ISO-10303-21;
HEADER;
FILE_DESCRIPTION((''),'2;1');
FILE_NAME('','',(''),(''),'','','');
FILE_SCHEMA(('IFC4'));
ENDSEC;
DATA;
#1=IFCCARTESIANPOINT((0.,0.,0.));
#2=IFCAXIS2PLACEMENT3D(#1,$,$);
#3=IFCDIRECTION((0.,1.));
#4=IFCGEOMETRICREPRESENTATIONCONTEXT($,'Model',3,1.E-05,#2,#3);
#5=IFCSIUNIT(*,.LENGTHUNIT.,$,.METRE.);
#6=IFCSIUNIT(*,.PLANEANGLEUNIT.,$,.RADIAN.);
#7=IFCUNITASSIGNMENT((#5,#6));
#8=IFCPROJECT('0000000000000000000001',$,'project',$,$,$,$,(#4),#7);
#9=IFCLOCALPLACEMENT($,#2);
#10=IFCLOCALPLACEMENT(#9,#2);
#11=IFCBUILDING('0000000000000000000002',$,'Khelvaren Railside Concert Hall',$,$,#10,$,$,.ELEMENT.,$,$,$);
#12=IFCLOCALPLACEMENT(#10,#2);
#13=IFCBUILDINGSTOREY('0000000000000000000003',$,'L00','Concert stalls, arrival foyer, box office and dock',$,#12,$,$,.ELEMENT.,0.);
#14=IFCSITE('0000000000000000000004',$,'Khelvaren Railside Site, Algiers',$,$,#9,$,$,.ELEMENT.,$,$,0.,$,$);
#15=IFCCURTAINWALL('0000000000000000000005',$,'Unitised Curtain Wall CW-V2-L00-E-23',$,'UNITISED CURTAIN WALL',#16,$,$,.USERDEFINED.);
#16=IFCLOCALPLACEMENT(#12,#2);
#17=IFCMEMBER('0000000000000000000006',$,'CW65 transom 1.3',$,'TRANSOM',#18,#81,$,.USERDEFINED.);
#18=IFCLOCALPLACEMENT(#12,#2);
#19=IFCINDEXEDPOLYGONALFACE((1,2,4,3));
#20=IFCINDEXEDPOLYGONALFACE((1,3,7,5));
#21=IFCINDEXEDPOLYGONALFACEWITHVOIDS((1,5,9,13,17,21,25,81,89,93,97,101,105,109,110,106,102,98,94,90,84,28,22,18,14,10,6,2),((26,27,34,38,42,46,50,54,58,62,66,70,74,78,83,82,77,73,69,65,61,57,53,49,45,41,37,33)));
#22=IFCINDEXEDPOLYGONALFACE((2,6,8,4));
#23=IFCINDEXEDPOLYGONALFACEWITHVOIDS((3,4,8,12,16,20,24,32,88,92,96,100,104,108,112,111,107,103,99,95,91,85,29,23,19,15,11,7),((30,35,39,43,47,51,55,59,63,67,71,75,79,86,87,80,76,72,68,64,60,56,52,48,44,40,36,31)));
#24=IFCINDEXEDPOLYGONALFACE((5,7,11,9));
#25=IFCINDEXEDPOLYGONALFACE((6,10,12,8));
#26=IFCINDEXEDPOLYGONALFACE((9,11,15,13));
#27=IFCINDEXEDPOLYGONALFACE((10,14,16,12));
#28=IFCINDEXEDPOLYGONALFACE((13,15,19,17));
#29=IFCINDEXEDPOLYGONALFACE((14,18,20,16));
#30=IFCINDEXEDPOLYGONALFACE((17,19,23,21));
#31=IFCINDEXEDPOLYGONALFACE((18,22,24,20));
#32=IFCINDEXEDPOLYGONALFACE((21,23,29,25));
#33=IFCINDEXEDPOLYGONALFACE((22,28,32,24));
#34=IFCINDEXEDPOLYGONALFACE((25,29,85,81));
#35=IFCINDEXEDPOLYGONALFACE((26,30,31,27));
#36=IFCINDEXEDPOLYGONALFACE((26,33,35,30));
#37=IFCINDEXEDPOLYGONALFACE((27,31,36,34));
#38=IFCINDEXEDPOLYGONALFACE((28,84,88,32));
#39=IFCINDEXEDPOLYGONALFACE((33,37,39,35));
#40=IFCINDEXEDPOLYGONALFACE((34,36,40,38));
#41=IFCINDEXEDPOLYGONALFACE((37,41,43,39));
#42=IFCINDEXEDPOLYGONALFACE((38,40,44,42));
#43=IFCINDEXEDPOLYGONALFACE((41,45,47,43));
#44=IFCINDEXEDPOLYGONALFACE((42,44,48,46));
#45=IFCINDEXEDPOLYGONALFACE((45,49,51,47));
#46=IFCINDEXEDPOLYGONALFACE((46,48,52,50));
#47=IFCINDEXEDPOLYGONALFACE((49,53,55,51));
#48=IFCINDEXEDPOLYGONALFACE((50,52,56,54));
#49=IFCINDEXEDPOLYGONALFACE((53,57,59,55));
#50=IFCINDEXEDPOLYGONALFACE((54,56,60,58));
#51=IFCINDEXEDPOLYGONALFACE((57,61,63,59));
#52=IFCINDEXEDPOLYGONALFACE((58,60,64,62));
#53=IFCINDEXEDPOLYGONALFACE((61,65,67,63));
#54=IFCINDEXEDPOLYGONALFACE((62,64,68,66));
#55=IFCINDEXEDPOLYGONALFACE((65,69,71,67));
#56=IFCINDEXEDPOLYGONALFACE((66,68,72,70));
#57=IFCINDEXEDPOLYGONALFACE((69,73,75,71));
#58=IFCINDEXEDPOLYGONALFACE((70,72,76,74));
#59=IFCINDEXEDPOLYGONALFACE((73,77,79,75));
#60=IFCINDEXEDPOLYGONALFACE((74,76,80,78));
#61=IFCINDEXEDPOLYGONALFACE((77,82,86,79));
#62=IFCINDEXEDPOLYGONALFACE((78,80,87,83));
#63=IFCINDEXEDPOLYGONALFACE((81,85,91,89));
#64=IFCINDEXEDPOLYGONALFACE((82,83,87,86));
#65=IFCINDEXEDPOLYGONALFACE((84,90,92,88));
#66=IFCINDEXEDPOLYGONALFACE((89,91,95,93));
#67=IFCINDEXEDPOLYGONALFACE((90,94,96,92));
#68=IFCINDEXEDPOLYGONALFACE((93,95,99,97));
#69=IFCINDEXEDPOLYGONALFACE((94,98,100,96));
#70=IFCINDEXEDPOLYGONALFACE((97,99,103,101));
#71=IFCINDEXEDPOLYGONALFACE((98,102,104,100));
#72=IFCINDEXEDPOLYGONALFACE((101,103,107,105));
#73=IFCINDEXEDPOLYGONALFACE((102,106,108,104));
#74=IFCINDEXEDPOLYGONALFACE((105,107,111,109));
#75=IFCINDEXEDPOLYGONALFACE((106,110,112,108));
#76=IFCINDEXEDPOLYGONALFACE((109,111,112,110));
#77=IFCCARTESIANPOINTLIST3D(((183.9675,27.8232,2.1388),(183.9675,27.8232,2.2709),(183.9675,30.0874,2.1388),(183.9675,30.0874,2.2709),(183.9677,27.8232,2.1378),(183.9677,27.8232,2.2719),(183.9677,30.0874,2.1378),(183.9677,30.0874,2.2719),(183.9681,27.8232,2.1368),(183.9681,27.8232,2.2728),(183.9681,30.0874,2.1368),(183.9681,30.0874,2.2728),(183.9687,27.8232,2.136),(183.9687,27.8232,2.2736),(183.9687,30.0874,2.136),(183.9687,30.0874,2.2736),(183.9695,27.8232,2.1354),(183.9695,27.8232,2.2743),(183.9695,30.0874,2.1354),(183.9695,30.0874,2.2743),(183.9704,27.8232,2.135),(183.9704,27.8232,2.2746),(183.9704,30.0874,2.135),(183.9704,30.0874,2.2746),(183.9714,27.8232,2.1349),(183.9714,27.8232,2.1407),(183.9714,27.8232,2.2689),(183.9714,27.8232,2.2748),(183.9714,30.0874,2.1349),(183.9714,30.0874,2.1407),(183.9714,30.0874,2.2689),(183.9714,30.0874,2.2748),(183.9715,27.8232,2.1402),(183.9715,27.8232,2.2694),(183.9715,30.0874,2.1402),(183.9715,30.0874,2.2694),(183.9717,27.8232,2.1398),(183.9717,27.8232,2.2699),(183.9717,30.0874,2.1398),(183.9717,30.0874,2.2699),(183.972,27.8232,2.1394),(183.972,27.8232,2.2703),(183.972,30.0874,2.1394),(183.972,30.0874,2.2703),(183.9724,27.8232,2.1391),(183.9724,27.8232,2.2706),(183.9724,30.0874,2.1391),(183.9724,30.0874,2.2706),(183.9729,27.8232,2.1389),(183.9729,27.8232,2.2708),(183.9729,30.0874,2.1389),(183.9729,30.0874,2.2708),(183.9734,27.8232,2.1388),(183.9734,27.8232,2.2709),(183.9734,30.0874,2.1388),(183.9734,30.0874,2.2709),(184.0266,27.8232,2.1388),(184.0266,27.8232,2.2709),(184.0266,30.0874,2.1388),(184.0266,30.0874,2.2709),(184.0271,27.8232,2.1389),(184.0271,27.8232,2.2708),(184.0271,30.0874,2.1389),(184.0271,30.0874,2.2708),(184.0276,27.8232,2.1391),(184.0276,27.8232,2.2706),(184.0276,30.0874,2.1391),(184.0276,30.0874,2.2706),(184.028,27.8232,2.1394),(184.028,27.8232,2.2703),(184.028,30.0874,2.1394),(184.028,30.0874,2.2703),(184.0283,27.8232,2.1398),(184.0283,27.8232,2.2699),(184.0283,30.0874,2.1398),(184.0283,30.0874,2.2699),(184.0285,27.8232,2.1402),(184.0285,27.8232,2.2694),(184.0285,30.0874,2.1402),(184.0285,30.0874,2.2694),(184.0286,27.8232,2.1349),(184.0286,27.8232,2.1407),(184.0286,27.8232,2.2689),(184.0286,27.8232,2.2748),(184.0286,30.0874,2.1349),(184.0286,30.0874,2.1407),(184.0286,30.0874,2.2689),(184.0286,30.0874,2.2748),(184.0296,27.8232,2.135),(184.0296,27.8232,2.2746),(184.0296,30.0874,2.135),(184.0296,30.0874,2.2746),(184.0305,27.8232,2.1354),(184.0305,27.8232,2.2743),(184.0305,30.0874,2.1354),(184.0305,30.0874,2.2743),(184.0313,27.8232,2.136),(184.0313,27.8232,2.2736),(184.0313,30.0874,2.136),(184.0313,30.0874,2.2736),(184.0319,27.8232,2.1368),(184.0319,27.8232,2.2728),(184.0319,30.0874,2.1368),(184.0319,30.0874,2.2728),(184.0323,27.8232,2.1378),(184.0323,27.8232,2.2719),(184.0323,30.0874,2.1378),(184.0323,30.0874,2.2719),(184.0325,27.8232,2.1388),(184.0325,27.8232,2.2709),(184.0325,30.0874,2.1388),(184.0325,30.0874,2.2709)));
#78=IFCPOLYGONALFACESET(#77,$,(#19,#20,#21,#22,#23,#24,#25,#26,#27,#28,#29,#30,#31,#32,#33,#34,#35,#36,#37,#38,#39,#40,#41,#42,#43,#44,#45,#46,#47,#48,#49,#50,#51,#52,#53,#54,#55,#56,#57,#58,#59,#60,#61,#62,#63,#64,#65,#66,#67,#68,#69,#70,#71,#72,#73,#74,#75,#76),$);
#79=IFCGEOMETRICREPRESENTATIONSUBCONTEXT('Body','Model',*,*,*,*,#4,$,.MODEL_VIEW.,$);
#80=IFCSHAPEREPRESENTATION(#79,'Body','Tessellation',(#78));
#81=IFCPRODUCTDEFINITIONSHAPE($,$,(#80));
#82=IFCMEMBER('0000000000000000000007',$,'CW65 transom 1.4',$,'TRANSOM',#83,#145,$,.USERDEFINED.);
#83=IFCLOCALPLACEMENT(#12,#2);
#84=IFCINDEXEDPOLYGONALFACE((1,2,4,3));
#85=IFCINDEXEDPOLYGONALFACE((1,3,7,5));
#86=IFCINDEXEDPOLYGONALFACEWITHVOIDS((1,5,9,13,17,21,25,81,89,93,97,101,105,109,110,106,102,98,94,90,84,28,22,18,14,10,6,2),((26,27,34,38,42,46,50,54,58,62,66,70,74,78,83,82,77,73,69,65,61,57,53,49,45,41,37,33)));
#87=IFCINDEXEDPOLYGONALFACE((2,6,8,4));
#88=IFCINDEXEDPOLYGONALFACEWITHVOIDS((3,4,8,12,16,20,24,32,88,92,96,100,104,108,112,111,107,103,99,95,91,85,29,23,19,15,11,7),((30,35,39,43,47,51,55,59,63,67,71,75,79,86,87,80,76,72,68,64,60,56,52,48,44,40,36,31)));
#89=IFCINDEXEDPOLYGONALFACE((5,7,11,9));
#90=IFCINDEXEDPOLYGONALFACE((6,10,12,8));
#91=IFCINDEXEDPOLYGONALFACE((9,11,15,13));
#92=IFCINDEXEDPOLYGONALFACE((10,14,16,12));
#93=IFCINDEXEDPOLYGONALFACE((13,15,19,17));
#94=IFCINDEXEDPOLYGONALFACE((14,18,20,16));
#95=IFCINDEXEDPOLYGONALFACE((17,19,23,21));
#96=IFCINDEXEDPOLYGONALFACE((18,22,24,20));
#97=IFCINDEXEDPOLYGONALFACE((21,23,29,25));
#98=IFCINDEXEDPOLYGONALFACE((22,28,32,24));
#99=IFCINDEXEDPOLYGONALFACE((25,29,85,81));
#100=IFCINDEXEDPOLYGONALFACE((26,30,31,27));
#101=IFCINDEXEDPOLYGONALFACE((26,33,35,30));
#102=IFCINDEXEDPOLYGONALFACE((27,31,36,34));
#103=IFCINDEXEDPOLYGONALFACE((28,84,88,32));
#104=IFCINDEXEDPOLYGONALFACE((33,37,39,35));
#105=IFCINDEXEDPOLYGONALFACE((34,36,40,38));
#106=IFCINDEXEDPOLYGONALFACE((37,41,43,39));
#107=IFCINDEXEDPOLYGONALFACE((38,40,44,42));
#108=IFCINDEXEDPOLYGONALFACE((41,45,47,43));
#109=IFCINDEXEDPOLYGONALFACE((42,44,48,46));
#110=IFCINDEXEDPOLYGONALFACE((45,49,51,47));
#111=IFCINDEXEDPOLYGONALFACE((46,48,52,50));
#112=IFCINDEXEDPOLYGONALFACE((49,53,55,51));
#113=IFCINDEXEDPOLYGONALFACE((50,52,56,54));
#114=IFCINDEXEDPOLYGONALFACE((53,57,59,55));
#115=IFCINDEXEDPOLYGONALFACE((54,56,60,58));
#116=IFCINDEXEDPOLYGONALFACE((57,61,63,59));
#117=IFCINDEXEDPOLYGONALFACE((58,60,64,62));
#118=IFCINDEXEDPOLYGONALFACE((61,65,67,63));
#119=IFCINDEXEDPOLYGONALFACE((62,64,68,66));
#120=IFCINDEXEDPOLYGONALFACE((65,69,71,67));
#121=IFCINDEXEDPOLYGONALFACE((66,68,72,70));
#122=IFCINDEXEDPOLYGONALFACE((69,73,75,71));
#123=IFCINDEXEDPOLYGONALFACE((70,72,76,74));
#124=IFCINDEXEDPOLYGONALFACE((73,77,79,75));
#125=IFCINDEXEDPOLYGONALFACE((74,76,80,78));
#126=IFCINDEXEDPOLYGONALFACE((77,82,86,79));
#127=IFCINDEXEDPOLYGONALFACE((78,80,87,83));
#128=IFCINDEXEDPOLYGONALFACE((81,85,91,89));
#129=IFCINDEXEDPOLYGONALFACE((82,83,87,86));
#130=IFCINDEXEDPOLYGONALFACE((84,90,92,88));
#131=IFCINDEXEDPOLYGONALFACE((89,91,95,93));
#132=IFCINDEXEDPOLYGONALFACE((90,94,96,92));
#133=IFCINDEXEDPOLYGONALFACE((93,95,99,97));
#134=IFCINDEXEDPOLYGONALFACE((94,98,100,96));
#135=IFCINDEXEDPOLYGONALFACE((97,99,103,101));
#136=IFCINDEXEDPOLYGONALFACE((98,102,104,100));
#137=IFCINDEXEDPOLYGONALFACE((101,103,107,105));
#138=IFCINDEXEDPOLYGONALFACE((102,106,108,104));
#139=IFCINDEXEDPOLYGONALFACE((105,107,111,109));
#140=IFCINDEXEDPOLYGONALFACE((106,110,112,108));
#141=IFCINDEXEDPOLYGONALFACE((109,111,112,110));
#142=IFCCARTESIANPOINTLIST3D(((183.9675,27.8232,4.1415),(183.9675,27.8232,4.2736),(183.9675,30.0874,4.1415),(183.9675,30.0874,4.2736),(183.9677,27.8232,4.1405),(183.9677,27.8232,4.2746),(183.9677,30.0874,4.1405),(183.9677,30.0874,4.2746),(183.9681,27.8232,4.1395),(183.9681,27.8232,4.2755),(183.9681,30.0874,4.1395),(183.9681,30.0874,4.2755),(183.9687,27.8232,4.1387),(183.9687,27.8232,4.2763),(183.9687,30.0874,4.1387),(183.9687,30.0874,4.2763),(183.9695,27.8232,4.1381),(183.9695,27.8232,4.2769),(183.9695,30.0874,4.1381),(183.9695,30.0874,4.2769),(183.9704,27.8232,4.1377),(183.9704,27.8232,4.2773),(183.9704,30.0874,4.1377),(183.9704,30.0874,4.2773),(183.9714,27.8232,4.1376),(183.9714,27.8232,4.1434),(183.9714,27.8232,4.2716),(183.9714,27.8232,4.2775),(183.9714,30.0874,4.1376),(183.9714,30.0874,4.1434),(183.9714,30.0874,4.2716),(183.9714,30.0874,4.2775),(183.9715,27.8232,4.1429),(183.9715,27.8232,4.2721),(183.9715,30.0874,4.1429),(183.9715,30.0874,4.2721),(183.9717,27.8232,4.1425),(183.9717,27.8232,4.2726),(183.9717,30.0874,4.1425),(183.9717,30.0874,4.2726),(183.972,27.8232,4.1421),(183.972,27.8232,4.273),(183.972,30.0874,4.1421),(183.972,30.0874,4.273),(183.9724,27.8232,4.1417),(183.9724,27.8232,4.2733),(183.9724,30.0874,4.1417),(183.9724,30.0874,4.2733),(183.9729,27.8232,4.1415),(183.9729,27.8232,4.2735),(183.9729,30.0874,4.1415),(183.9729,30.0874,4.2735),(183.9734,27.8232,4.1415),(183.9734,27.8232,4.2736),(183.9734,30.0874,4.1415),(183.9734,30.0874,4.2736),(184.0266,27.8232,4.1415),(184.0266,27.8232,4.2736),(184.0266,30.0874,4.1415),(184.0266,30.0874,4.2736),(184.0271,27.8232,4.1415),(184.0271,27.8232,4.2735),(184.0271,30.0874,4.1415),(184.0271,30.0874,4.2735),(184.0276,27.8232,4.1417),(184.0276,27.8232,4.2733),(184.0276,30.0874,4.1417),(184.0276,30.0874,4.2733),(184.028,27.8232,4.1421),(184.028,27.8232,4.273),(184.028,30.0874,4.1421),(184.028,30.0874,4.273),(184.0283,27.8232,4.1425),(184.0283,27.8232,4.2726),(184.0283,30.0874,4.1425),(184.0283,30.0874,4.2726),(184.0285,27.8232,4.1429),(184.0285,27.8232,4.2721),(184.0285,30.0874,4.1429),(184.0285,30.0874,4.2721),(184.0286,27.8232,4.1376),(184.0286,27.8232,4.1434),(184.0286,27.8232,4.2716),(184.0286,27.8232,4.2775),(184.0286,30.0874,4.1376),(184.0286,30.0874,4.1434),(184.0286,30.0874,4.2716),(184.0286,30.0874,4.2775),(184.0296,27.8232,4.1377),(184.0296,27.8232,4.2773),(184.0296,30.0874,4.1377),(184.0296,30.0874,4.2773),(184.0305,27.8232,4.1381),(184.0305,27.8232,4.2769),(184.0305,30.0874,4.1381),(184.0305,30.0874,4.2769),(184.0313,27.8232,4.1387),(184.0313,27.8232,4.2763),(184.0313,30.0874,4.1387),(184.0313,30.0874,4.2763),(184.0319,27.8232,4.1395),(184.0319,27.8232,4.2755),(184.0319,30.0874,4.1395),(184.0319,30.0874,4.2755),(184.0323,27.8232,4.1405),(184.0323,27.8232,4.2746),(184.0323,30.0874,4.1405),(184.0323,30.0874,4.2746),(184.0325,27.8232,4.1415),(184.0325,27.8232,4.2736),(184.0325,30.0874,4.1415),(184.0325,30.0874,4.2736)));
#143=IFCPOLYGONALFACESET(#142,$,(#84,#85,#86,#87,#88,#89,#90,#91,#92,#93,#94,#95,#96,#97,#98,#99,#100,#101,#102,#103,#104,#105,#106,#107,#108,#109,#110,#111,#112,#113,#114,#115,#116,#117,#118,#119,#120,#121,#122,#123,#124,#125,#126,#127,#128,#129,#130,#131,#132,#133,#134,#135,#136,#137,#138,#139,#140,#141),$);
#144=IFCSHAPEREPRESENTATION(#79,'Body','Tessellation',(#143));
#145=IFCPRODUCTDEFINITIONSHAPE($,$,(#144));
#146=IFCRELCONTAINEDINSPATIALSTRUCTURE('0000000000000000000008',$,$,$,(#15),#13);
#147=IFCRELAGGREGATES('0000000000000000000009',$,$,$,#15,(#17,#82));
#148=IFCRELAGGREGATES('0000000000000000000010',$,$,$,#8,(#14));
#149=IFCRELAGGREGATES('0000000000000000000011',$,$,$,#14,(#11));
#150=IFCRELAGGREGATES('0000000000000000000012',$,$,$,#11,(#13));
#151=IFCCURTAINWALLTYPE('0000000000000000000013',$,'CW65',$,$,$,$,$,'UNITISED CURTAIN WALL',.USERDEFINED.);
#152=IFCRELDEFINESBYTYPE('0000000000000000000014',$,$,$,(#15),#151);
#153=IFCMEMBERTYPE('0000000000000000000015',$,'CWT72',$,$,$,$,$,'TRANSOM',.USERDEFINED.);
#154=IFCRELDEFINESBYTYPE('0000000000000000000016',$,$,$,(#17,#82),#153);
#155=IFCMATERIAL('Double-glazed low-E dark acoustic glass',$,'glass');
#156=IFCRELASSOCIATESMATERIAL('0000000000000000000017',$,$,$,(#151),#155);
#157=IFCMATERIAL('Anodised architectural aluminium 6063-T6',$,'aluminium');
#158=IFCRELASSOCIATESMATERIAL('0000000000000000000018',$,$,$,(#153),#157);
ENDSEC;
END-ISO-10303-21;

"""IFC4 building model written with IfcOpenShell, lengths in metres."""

from ifc_helpers import new_model, si_unit, direction, frame, origin, origin_2d, place, context, subcontext, project, spatial, hollow_rectangle, extrude, material, material_profile, profile_set, type_object, element, aggregate, save


model = new_model("IFC4")

# Units and contexts
model_context = context("Model", 3, precision=1e-05, world=origin(), true_north=direction((0.0, 1.0)))
body_context = subcontext(model_context, "Body", "Model", "MODEL_VIEW")
ifc_project = project(units=[si_unit("LENGTHUNIT", "METRE"), si_unit("PLANEANGLEUNIT", "RADIAN")], contexts=[model_context])

# Site, building, storey
site_placement = place(None, origin())
site = spatial("IfcSite", under=ifc_project, at=site_placement, Name="Khelvaren Railside Site, Algiers", CompositionType="ELEMENT", RefElevation=0.0)
building_placement = place(site_placement, origin())
building = spatial("IfcBuilding", under=site, at=building_placement, Name="Khelvaren Railside Concert Hall", CompositionType="ELEMENT")
storey_placement = place(building_placement, origin())
storey = spatial("IfcBuildingStorey", under=building, at=storey_placement, Name="L00", Description="Concert stalls, arrival foyer, box office and dock", CompositionType="ELEMENT", Elevation=0.0)

# Curtain wall, members
ifc_material_1 = material(Name="Anodised architectural aluminium 6063-T6", Category="aluminium")
ifc_material_2 = material(Name="Double-glazed low-E dark acoustic glass", Category="glass")
curtain_wall_type_1 = type_object("IfcCurtainWallType", Name="CW65", ElementType="UNITISED CURTAIN WALL", PredefinedType="USERDEFINED", material=ifc_material_2)
curtain_wall_1_placement = place(storey_placement, origin())
curtain_wall_1 = element("IfcCurtainWall", 1, at=curtain_wall_1_placement, inside=storey, type_object=curtain_wall_type_1, Name="Unitised Curtain Wall CW-V2-L00-E-23", ObjectType="UNITISED CURTAIN WALL", PredefinedType="USERDEFINED")
ifc_material_profile_1 = material_profile(ifc_material_1, hollow_rectangle(XDim=0.0649, YDim=0.1399, WallThickness=0.0039, InnerFilletRadius=0.002, OuterFilletRadius=0.0039, at=origin_2d()), Name="CWT 65x140x4")
ifc_profile_set_1 = profile_set([ifc_material_profile_1], Name="Anodised architectural aluminium 6063-T6")
member_type_1 = type_object("IfcMemberType", Name="CWT72", ElementType="TRANSOM", PredefinedType="USERDEFINED", material=ifc_profile_set_1)
member_1_placement = place(storey_placement, frame((184.0, 30.0874, 2.2048), z_axis=(0.0, -1.0, 0.0), x_axis=(1.0, 0.0, 0.0)))
member_1 = element("IfcMember", 2, at=member_1_placement, type_object=member_type_1, Name="CW65 transom 1.3", ObjectType="TRANSOM", PredefinedType="USERDEFINED", context=body_context, shape_type="SweptSolid", body=[
    extrude(hollow_rectangle(XDim=0.0649, YDim=0.1399, WallThickness=0.0039, InnerFilletRadius=0.002, OuterFilletRadius=0.0039, at=origin_2d()), origin(), (0.0, 0.0, 1.0), 2.2642),
])
member_2_placement = place(storey_placement, frame((184.0, 30.0874, 4.2075), z_axis=(0.0, -1.0, 0.0), x_axis=(1.0, 0.0, 0.0)))
member_2 = element("IfcMember", 3, at=member_2_placement, type_object=member_type_1, Name="CW65 transom 1.4", ObjectType="TRANSOM", PredefinedType="USERDEFINED", context=body_context, shape_type="SweptSolid", body=[
    extrude(hollow_rectangle(XDim=0.0649, YDim=0.1399, WallThickness=0.0039, InnerFilletRadius=0.002, OuterFilletRadius=0.0039, at=origin_2d()), origin(), (0.0, 0.0, 1.0), 2.2642),
])

aggregate(curtain_wall_1, [member_1, member_2])

save(model, "model.ifc")
